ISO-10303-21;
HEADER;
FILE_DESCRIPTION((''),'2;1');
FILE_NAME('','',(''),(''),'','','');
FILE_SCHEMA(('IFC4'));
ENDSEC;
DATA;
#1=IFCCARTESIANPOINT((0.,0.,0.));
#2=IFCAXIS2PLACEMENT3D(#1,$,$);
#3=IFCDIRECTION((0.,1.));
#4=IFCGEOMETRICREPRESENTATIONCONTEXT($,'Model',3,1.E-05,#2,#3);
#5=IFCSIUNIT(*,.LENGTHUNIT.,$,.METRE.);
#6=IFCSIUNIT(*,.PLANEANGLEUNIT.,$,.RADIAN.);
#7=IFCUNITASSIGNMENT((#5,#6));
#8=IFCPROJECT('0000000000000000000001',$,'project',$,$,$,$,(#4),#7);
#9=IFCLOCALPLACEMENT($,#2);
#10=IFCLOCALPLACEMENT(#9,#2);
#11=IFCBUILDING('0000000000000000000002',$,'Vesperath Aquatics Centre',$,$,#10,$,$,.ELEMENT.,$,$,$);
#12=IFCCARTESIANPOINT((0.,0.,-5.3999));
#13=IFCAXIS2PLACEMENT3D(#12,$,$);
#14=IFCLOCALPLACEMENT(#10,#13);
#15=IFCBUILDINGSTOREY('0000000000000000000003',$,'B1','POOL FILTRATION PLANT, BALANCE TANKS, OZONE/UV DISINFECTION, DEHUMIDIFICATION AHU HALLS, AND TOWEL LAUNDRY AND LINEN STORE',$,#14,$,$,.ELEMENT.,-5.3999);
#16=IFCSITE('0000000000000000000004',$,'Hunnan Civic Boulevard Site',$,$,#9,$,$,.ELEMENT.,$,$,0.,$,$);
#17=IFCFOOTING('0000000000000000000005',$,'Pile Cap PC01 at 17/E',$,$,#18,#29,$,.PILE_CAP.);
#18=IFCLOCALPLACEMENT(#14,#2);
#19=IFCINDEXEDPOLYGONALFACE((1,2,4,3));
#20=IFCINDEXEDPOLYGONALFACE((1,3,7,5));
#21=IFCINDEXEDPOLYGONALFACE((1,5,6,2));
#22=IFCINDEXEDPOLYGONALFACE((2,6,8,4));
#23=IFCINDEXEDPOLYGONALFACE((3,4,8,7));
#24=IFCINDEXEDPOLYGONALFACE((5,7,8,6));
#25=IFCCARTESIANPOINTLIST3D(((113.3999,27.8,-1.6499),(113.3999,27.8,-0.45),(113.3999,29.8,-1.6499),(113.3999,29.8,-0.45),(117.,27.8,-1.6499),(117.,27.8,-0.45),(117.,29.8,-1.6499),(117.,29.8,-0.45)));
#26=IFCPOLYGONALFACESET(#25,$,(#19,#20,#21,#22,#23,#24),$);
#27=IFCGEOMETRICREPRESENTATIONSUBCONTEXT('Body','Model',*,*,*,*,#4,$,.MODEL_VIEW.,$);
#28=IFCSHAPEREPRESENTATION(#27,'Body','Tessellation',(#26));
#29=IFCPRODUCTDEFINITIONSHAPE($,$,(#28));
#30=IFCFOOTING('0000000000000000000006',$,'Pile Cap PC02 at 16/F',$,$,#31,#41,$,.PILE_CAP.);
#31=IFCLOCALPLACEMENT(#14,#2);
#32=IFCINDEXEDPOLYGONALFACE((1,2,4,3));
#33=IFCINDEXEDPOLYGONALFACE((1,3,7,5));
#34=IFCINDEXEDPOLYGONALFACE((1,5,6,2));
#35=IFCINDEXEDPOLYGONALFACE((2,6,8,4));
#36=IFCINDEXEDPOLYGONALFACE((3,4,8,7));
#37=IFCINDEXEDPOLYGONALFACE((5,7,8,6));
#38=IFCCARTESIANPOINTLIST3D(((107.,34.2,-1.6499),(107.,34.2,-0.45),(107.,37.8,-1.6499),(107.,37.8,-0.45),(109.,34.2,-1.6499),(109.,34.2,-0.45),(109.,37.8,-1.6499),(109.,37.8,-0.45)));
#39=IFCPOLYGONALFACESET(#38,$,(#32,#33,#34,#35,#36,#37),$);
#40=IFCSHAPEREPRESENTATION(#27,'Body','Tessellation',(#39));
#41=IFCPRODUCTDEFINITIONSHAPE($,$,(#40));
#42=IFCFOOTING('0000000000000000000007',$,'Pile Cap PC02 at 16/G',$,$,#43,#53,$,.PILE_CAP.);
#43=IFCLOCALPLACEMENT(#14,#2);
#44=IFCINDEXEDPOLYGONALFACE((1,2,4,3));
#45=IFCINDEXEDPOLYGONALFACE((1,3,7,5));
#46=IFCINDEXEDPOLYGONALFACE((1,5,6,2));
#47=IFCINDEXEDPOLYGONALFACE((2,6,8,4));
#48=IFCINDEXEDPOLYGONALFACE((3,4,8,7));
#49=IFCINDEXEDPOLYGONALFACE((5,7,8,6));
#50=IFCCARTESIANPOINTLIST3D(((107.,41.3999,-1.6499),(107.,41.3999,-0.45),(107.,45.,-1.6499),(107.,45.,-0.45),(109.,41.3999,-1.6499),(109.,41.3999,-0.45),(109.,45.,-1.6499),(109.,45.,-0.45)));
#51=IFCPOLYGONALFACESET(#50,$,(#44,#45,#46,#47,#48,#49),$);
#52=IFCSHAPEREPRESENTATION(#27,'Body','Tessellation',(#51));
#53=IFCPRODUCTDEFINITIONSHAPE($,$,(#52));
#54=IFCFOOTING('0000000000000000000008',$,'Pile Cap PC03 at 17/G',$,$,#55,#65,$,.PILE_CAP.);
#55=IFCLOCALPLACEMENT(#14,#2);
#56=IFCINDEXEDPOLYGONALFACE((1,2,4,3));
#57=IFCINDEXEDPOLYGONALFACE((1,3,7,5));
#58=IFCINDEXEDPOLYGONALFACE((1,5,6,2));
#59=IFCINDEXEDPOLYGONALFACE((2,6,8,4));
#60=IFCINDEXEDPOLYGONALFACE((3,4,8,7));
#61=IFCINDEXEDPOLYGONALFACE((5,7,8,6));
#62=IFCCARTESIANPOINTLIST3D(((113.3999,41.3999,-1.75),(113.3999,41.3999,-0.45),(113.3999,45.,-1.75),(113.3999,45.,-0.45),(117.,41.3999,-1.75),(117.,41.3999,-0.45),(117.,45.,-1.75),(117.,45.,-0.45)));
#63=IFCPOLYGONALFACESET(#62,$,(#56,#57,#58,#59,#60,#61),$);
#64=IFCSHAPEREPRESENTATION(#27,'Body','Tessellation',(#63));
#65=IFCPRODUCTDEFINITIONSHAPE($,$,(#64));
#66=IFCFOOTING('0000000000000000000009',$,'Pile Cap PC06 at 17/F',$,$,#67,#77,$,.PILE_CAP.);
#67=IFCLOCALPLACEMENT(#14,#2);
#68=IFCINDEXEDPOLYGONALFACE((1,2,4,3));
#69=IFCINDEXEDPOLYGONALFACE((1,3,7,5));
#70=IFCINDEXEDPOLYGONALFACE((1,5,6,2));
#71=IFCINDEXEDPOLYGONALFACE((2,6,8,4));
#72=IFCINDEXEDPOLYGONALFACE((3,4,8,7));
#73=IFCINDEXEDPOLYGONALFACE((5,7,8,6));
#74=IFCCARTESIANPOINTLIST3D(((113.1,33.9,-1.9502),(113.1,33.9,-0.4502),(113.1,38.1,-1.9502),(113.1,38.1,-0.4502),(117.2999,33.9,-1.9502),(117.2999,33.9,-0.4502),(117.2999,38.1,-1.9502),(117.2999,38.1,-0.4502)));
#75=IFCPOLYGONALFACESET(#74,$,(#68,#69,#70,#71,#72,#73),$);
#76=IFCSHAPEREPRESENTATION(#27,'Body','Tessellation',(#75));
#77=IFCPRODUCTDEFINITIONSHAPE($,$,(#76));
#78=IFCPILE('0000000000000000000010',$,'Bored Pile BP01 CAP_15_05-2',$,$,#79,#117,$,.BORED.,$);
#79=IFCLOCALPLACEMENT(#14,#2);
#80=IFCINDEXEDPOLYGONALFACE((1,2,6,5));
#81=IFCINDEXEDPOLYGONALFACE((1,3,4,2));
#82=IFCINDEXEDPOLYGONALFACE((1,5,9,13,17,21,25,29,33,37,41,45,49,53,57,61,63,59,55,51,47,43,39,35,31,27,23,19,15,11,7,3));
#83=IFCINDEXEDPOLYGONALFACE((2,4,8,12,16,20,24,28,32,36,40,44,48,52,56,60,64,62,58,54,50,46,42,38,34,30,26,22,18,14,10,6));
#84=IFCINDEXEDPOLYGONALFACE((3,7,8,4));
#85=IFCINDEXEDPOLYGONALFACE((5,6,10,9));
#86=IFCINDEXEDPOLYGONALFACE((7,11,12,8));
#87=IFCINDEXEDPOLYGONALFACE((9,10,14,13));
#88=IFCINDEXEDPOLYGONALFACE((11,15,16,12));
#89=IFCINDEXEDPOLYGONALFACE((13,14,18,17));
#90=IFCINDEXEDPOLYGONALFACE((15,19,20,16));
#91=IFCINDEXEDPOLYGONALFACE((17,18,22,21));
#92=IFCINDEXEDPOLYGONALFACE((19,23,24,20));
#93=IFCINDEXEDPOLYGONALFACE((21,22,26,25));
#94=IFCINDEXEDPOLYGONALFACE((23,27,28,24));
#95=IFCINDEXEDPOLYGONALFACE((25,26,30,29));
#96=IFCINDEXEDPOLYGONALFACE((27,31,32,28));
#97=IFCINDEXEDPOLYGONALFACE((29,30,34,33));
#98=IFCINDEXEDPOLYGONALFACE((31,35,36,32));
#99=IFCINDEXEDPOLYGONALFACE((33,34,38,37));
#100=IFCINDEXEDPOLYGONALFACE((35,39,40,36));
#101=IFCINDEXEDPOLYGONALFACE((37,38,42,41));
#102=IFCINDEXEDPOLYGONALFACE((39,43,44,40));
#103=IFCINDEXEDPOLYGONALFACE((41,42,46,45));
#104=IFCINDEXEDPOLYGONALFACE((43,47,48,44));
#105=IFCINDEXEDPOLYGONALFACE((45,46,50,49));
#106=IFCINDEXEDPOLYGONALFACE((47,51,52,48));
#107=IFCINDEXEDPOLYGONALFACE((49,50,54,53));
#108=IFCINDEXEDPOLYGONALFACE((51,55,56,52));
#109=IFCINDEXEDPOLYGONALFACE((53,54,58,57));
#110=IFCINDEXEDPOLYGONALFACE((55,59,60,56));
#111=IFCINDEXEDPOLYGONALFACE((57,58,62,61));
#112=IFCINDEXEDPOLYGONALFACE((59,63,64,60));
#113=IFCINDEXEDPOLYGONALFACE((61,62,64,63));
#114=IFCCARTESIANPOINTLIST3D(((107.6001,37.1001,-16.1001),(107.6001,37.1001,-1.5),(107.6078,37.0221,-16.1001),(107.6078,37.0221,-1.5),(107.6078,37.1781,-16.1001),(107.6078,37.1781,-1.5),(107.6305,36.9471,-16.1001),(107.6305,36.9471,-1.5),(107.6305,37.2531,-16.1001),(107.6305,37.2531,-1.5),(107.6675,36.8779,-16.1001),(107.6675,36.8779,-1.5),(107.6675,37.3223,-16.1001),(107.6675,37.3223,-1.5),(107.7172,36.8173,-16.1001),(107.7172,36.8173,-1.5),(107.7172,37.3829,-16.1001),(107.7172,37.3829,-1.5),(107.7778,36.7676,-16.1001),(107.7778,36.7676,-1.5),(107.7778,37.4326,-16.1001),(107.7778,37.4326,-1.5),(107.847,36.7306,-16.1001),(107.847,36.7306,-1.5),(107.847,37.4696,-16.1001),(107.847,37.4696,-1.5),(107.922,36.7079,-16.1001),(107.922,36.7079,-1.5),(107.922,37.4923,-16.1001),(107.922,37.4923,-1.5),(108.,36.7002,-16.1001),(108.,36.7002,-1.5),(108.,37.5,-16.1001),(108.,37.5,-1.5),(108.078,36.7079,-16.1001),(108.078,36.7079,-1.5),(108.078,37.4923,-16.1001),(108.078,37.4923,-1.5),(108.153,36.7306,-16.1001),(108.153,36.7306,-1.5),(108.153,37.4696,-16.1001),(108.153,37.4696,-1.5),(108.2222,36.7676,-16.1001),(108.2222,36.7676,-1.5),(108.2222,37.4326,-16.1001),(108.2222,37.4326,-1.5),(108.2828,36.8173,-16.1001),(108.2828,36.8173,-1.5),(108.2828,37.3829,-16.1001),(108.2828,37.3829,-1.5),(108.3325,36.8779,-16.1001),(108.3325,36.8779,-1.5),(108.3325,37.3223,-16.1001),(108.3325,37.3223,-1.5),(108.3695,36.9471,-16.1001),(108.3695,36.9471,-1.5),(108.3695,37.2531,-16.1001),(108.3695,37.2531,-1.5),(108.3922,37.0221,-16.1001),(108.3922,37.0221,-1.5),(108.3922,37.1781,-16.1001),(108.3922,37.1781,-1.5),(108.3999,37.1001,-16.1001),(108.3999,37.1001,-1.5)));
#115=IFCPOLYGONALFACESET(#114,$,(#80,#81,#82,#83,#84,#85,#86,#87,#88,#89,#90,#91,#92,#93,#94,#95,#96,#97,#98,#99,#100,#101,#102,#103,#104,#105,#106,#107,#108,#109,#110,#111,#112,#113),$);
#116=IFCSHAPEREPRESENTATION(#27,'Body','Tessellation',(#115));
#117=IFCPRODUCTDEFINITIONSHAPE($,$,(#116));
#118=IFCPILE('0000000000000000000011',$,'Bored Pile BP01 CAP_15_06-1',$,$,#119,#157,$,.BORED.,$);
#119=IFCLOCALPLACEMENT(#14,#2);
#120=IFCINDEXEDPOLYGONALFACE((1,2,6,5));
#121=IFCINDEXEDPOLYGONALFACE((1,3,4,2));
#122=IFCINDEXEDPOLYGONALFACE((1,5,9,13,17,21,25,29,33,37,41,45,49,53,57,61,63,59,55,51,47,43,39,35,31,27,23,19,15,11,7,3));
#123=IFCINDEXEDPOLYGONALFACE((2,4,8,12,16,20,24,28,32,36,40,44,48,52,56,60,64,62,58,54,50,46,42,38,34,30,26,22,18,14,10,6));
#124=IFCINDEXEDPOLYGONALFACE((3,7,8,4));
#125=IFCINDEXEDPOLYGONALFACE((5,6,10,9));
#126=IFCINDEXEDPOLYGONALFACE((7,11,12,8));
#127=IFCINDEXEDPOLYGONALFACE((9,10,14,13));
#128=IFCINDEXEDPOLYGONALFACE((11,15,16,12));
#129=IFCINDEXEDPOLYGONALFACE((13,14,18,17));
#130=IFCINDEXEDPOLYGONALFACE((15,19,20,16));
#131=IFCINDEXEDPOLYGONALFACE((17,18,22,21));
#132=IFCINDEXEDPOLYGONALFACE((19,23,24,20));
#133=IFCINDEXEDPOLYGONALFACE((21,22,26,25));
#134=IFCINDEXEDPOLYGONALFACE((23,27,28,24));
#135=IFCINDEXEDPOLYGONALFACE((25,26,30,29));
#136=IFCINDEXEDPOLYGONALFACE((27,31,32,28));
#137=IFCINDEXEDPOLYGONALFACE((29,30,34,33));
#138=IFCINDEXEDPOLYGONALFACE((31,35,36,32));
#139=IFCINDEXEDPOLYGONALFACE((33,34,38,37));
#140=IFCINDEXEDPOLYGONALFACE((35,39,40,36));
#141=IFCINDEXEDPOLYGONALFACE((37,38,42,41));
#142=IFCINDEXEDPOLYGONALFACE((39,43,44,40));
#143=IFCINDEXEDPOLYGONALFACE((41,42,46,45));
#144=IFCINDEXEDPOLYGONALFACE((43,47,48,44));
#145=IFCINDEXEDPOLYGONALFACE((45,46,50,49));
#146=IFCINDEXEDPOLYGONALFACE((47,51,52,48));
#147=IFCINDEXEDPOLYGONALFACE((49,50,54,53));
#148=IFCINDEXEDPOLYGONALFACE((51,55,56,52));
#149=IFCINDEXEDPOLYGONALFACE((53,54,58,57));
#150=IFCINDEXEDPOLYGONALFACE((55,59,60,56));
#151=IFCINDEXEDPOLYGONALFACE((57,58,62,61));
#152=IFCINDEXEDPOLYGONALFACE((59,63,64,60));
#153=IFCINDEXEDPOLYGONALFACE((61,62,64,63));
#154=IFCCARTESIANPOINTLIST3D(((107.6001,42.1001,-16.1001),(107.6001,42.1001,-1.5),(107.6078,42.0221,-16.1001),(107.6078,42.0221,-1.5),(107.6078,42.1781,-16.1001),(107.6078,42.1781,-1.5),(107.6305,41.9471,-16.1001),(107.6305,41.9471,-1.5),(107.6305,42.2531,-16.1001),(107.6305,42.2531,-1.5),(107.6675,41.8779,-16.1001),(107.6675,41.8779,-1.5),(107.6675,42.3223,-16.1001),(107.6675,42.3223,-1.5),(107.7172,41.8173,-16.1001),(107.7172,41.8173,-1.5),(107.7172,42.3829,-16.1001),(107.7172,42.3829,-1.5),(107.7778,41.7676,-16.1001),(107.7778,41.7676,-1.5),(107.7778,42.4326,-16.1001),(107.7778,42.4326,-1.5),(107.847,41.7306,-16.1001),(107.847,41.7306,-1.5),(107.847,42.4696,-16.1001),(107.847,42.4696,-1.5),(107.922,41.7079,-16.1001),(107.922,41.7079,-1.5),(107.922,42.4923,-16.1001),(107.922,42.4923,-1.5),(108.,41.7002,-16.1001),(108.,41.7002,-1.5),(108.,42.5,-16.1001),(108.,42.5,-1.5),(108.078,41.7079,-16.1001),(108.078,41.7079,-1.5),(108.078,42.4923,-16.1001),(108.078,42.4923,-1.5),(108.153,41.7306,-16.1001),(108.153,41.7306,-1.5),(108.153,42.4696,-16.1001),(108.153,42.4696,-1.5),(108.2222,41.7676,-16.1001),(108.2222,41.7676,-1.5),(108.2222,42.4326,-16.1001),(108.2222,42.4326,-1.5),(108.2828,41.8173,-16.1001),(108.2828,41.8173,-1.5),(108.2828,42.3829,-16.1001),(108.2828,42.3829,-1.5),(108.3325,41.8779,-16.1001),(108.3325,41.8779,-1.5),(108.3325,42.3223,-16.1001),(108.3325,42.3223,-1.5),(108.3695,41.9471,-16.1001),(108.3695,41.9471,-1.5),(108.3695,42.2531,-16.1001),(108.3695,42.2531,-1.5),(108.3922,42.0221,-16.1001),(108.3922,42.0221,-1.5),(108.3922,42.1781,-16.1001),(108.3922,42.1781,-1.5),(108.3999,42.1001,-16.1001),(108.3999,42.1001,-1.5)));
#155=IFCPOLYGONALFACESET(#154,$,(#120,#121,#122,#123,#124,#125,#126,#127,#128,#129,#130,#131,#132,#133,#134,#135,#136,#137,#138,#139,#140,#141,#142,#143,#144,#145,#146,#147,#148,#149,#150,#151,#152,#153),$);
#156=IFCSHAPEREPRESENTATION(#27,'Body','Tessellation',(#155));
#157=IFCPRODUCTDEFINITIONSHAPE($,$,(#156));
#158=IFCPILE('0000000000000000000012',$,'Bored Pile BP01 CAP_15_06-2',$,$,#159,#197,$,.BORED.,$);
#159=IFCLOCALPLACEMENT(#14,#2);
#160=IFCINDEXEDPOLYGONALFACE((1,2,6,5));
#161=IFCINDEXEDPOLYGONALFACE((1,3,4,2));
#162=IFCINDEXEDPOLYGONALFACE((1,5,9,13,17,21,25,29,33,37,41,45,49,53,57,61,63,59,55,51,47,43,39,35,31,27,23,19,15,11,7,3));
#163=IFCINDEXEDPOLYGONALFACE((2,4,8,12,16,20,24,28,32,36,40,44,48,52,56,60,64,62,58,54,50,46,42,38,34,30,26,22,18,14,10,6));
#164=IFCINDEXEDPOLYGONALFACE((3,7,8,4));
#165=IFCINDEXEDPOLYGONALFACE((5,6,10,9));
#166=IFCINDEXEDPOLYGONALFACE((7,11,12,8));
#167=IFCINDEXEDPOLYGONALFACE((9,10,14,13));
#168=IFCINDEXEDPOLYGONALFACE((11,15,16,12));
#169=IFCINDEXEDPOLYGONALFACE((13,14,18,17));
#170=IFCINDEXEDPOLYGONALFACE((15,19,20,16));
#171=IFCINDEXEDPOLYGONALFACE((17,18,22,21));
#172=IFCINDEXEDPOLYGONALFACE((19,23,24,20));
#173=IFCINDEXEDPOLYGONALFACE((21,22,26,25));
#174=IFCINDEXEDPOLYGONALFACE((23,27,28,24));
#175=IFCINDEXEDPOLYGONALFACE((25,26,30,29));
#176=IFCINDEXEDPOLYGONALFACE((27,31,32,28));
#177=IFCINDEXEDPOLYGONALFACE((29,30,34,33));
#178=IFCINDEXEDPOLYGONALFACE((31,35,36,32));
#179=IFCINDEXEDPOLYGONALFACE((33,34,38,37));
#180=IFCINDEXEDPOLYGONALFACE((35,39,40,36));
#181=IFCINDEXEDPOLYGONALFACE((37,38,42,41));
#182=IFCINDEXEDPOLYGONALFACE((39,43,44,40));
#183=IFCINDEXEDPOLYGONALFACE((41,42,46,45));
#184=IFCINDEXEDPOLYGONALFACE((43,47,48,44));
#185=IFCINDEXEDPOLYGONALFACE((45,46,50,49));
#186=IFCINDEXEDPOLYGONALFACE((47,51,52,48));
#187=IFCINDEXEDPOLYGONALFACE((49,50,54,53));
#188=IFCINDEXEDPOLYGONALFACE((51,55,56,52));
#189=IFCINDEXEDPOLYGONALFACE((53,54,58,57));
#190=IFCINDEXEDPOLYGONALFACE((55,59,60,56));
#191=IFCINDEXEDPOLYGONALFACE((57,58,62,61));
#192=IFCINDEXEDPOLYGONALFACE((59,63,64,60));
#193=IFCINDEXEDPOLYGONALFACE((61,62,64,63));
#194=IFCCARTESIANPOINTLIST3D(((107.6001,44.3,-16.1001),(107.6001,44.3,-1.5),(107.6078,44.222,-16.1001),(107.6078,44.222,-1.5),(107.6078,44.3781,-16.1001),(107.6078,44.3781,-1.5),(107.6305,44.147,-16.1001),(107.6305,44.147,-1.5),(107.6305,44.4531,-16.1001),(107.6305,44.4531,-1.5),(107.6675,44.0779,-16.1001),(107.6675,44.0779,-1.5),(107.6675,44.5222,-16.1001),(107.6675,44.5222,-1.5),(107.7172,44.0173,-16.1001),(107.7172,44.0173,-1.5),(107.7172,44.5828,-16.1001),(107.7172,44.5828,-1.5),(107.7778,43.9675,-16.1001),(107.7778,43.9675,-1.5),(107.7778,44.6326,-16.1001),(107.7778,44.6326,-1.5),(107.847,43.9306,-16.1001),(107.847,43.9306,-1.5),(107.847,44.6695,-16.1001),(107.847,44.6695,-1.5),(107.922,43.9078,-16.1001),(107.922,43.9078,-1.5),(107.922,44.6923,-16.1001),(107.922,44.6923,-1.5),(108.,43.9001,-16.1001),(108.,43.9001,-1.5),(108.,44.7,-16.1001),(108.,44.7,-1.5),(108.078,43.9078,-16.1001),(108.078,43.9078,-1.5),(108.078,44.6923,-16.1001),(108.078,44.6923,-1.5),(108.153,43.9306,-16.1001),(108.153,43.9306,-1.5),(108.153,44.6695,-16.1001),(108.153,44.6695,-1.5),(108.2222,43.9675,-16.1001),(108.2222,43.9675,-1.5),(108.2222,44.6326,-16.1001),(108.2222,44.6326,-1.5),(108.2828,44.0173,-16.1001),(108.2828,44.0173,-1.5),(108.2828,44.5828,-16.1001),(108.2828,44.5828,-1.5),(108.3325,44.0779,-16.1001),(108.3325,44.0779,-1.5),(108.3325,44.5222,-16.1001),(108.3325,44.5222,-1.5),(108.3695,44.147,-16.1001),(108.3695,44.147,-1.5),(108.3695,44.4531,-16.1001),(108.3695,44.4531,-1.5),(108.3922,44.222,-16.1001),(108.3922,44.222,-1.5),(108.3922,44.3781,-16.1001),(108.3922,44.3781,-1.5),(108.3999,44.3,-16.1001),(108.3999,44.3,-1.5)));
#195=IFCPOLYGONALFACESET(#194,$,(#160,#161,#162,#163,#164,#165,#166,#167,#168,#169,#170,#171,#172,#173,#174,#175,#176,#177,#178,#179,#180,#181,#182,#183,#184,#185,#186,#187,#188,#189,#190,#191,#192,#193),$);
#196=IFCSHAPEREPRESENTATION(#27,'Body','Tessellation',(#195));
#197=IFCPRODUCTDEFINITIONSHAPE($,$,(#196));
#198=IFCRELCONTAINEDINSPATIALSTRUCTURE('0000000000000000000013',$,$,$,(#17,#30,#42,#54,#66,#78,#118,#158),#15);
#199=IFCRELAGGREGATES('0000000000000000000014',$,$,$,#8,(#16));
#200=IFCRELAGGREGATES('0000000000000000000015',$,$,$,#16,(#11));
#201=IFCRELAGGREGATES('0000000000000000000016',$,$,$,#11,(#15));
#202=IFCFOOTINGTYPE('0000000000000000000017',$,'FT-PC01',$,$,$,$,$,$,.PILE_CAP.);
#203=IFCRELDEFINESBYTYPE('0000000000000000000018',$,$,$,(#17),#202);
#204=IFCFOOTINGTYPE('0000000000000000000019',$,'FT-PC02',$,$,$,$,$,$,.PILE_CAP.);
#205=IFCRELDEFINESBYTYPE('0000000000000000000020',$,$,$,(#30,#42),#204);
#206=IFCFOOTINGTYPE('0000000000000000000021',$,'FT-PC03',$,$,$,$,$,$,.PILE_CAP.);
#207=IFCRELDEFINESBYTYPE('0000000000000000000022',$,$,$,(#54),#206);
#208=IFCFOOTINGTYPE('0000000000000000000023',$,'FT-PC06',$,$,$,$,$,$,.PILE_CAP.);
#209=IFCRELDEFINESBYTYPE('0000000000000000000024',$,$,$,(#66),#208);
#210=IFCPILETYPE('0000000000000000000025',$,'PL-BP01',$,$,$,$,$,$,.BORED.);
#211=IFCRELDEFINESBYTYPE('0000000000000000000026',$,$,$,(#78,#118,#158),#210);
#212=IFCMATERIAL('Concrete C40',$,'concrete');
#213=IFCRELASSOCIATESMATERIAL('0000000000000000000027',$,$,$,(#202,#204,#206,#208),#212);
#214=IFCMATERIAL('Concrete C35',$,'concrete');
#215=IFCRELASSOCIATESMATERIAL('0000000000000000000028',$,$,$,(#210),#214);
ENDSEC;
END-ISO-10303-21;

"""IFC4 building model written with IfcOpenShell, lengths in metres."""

from ifc_helpers import new_model, si_unit, direction, frame, origin, origin_2d, place, context, subcontext, project, spatial, rectangle, circle, extrude, material, material_profile, profile_set, type_object, element, save


model = new_model("IFC4")

# Units and contexts
model_context = context("Model", 3, precision=1e-05, world=origin(), true_north=direction((0.0, 1.0)))
body_context = subcontext(model_context, "Body", "Model", "MODEL_VIEW")
ifc_project = project(units=[si_unit("LENGTHUNIT", "METRE"), si_unit("PLANEANGLEUNIT", "RADIAN")], contexts=[model_context])

# Site, building, storey
site_placement = place(None, origin())
site = spatial("IfcSite", under=ifc_project, at=site_placement, Name="Hunnan Civic Boulevard Site", CompositionType="ELEMENT", RefElevation=0.0)
building_placement = place(site_placement, origin())
building = spatial("IfcBuilding", under=site, at=building_placement, Name="Vesperath Aquatics Centre", CompositionType="ELEMENT")
storey_placement = place(building_placement, frame((0.0, 0.0, -5.3999)))
storey = spatial("IfcBuildingStorey", under=building, at=storey_placement, Name="B1", Description="POOL FILTRATION PLANT, BALANCE TANKS, OZONE/UV DISINFECTION, DEHUMIDIFICATION AHU HALLS, AND TOWEL LAUNDRY AND LINEN STORE", CompositionType="ELEMENT", Elevation=-5.3999)

# Footings
ifc_material_1 = material(Name="Concrete C40", Category="concrete")
footing_type_1 = type_object("IfcFootingType", Name="FT-PC01", PredefinedType="PILE_CAP", material=ifc_material_1)
footing_1_placement = place(storey_placement, frame((115.2, 28.8, -1.6499), z_axis=(0.0, 0.0, 1.0), x_axis=(1.0, 0.0, 0.0)))
element("IfcFooting", 1, at=footing_1_placement, inside=storey, type_object=footing_type_1, Name="Pile Cap PC01 at 17/E", PredefinedType="PILE_CAP", context=body_context, shape_type="SweptSolid", body=[
    extrude(rectangle(XDim=3.6001, YDim=2.0, at=origin_2d()), origin(), (0.0, 0.0, 1.0), 1.2),
])
footing_type_2 = type_object("IfcFootingType", Name="FT-PC02", PredefinedType="PILE_CAP", material=ifc_material_1)
for number, where, z_axis, x_axis, name in (
    (2, (108.0, 36.0, -1.6499), (0.0, 0.0, 1.0), (1.0, 0.0, 0.0), "Pile Cap PC02 at 16/F"),
    (3, (108.0, 43.2, -1.6499), (0.0, 0.0, 1.0), (1.0, 0.0, 0.0), "Pile Cap PC02 at 16/G"),
):
    element("IfcFooting", number, at=place(storey_placement, frame(where, z_axis=z_axis, x_axis=x_axis)), inside=storey, type_object=footing_type_2, Name=name, PredefinedType="PILE_CAP", context=body_context, shape_type="SweptSolid", body=[
        extrude(rectangle(XDim=2.0, YDim=3.6001, at=origin_2d()), origin(), (0.0, 0.0, 1.0), 1.2),
    ])
footing_type_3 = type_object("IfcFootingType", Name="FT-PC03", PredefinedType="PILE_CAP", material=ifc_material_1)
footing_2_placement = place(storey_placement, frame((115.2, 43.2, -1.75), z_axis=(0.0, 0.0, 1.0), x_axis=(1.0, 0.0, 0.0)))
element("IfcFooting", 4, at=footing_2_placement, inside=storey, type_object=footing_type_3, Name="Pile Cap PC03 at 17/G", PredefinedType="PILE_CAP", context=body_context, shape_type="SweptSolid", body=[
    extrude(rectangle(XDim=3.6001, YDim=3.6001, at=origin_2d()), origin(), (0.0, 0.0, 1.0), 1.3),
])
footing_type_4 = type_object("IfcFootingType", Name="FT-PC06", PredefinedType="PILE_CAP", material=ifc_material_1)
footing_3_placement = place(storey_placement, frame((115.2, 36.0, -1.9502), z_axis=(0.0, 0.0, 1.0), x_axis=(1.0, 0.0, 0.0)))
element("IfcFooting", 5, at=footing_3_placement, inside=storey, type_object=footing_type_4, Name="Pile Cap PC06 at 17/F", PredefinedType="PILE_CAP", context=body_context, shape_type="SweptSolid", body=[
    extrude(rectangle(XDim=4.2, YDim=4.2, at=origin_2d()), origin(), (0.0, 0.0, 1.0), 1.5),
])

# Piles
ifc_material_2 = material(Name="Concrete C35", Category="concrete")
ifc_material_profile_1 = material_profile(ifc_material_2, circle(Radius=0.3999, at=origin_2d()), Name="PILE D800")
ifc_profile_set_1 = profile_set([ifc_material_profile_1], Name="Concrete C35")
pile_type = type_object("IfcPileType", Name="PL-BP01", PredefinedType="BORED", material=ifc_profile_set_1)
for number, where, z_axis, x_axis, name in (
    (6, (108.0, 37.1001, -1.5), (0.0, 0.0, -1.0), (1.0, 0.0, 0.0), "Bored Pile BP01 CAP_15_05-2"),
    (7, (108.0, 42.1001, -1.5), (0.0, 0.0, -1.0), (1.0, 0.0, 0.0), "Bored Pile BP01 CAP_15_06-1"),
    (8, (108.0, 44.3, -1.5), (0.0, 0.0, -1.0), (1.0, 0.0, 0.0), "Bored Pile BP01 CAP_15_06-2"),
):
    element("IfcPile", number, at=place(storey_placement, frame(where, z_axis=z_axis, x_axis=x_axis)), inside=storey, type_object=pile_type, Name=name, PredefinedType="BORED", context=body_context, shape_type="SweptSolid", body=[
        extrude(circle(Radius=0.3999, at=origin_2d()), origin(), (0.0, 0.0, 1.0), 14.6001),
    ])

save(model, "model.ifc")
